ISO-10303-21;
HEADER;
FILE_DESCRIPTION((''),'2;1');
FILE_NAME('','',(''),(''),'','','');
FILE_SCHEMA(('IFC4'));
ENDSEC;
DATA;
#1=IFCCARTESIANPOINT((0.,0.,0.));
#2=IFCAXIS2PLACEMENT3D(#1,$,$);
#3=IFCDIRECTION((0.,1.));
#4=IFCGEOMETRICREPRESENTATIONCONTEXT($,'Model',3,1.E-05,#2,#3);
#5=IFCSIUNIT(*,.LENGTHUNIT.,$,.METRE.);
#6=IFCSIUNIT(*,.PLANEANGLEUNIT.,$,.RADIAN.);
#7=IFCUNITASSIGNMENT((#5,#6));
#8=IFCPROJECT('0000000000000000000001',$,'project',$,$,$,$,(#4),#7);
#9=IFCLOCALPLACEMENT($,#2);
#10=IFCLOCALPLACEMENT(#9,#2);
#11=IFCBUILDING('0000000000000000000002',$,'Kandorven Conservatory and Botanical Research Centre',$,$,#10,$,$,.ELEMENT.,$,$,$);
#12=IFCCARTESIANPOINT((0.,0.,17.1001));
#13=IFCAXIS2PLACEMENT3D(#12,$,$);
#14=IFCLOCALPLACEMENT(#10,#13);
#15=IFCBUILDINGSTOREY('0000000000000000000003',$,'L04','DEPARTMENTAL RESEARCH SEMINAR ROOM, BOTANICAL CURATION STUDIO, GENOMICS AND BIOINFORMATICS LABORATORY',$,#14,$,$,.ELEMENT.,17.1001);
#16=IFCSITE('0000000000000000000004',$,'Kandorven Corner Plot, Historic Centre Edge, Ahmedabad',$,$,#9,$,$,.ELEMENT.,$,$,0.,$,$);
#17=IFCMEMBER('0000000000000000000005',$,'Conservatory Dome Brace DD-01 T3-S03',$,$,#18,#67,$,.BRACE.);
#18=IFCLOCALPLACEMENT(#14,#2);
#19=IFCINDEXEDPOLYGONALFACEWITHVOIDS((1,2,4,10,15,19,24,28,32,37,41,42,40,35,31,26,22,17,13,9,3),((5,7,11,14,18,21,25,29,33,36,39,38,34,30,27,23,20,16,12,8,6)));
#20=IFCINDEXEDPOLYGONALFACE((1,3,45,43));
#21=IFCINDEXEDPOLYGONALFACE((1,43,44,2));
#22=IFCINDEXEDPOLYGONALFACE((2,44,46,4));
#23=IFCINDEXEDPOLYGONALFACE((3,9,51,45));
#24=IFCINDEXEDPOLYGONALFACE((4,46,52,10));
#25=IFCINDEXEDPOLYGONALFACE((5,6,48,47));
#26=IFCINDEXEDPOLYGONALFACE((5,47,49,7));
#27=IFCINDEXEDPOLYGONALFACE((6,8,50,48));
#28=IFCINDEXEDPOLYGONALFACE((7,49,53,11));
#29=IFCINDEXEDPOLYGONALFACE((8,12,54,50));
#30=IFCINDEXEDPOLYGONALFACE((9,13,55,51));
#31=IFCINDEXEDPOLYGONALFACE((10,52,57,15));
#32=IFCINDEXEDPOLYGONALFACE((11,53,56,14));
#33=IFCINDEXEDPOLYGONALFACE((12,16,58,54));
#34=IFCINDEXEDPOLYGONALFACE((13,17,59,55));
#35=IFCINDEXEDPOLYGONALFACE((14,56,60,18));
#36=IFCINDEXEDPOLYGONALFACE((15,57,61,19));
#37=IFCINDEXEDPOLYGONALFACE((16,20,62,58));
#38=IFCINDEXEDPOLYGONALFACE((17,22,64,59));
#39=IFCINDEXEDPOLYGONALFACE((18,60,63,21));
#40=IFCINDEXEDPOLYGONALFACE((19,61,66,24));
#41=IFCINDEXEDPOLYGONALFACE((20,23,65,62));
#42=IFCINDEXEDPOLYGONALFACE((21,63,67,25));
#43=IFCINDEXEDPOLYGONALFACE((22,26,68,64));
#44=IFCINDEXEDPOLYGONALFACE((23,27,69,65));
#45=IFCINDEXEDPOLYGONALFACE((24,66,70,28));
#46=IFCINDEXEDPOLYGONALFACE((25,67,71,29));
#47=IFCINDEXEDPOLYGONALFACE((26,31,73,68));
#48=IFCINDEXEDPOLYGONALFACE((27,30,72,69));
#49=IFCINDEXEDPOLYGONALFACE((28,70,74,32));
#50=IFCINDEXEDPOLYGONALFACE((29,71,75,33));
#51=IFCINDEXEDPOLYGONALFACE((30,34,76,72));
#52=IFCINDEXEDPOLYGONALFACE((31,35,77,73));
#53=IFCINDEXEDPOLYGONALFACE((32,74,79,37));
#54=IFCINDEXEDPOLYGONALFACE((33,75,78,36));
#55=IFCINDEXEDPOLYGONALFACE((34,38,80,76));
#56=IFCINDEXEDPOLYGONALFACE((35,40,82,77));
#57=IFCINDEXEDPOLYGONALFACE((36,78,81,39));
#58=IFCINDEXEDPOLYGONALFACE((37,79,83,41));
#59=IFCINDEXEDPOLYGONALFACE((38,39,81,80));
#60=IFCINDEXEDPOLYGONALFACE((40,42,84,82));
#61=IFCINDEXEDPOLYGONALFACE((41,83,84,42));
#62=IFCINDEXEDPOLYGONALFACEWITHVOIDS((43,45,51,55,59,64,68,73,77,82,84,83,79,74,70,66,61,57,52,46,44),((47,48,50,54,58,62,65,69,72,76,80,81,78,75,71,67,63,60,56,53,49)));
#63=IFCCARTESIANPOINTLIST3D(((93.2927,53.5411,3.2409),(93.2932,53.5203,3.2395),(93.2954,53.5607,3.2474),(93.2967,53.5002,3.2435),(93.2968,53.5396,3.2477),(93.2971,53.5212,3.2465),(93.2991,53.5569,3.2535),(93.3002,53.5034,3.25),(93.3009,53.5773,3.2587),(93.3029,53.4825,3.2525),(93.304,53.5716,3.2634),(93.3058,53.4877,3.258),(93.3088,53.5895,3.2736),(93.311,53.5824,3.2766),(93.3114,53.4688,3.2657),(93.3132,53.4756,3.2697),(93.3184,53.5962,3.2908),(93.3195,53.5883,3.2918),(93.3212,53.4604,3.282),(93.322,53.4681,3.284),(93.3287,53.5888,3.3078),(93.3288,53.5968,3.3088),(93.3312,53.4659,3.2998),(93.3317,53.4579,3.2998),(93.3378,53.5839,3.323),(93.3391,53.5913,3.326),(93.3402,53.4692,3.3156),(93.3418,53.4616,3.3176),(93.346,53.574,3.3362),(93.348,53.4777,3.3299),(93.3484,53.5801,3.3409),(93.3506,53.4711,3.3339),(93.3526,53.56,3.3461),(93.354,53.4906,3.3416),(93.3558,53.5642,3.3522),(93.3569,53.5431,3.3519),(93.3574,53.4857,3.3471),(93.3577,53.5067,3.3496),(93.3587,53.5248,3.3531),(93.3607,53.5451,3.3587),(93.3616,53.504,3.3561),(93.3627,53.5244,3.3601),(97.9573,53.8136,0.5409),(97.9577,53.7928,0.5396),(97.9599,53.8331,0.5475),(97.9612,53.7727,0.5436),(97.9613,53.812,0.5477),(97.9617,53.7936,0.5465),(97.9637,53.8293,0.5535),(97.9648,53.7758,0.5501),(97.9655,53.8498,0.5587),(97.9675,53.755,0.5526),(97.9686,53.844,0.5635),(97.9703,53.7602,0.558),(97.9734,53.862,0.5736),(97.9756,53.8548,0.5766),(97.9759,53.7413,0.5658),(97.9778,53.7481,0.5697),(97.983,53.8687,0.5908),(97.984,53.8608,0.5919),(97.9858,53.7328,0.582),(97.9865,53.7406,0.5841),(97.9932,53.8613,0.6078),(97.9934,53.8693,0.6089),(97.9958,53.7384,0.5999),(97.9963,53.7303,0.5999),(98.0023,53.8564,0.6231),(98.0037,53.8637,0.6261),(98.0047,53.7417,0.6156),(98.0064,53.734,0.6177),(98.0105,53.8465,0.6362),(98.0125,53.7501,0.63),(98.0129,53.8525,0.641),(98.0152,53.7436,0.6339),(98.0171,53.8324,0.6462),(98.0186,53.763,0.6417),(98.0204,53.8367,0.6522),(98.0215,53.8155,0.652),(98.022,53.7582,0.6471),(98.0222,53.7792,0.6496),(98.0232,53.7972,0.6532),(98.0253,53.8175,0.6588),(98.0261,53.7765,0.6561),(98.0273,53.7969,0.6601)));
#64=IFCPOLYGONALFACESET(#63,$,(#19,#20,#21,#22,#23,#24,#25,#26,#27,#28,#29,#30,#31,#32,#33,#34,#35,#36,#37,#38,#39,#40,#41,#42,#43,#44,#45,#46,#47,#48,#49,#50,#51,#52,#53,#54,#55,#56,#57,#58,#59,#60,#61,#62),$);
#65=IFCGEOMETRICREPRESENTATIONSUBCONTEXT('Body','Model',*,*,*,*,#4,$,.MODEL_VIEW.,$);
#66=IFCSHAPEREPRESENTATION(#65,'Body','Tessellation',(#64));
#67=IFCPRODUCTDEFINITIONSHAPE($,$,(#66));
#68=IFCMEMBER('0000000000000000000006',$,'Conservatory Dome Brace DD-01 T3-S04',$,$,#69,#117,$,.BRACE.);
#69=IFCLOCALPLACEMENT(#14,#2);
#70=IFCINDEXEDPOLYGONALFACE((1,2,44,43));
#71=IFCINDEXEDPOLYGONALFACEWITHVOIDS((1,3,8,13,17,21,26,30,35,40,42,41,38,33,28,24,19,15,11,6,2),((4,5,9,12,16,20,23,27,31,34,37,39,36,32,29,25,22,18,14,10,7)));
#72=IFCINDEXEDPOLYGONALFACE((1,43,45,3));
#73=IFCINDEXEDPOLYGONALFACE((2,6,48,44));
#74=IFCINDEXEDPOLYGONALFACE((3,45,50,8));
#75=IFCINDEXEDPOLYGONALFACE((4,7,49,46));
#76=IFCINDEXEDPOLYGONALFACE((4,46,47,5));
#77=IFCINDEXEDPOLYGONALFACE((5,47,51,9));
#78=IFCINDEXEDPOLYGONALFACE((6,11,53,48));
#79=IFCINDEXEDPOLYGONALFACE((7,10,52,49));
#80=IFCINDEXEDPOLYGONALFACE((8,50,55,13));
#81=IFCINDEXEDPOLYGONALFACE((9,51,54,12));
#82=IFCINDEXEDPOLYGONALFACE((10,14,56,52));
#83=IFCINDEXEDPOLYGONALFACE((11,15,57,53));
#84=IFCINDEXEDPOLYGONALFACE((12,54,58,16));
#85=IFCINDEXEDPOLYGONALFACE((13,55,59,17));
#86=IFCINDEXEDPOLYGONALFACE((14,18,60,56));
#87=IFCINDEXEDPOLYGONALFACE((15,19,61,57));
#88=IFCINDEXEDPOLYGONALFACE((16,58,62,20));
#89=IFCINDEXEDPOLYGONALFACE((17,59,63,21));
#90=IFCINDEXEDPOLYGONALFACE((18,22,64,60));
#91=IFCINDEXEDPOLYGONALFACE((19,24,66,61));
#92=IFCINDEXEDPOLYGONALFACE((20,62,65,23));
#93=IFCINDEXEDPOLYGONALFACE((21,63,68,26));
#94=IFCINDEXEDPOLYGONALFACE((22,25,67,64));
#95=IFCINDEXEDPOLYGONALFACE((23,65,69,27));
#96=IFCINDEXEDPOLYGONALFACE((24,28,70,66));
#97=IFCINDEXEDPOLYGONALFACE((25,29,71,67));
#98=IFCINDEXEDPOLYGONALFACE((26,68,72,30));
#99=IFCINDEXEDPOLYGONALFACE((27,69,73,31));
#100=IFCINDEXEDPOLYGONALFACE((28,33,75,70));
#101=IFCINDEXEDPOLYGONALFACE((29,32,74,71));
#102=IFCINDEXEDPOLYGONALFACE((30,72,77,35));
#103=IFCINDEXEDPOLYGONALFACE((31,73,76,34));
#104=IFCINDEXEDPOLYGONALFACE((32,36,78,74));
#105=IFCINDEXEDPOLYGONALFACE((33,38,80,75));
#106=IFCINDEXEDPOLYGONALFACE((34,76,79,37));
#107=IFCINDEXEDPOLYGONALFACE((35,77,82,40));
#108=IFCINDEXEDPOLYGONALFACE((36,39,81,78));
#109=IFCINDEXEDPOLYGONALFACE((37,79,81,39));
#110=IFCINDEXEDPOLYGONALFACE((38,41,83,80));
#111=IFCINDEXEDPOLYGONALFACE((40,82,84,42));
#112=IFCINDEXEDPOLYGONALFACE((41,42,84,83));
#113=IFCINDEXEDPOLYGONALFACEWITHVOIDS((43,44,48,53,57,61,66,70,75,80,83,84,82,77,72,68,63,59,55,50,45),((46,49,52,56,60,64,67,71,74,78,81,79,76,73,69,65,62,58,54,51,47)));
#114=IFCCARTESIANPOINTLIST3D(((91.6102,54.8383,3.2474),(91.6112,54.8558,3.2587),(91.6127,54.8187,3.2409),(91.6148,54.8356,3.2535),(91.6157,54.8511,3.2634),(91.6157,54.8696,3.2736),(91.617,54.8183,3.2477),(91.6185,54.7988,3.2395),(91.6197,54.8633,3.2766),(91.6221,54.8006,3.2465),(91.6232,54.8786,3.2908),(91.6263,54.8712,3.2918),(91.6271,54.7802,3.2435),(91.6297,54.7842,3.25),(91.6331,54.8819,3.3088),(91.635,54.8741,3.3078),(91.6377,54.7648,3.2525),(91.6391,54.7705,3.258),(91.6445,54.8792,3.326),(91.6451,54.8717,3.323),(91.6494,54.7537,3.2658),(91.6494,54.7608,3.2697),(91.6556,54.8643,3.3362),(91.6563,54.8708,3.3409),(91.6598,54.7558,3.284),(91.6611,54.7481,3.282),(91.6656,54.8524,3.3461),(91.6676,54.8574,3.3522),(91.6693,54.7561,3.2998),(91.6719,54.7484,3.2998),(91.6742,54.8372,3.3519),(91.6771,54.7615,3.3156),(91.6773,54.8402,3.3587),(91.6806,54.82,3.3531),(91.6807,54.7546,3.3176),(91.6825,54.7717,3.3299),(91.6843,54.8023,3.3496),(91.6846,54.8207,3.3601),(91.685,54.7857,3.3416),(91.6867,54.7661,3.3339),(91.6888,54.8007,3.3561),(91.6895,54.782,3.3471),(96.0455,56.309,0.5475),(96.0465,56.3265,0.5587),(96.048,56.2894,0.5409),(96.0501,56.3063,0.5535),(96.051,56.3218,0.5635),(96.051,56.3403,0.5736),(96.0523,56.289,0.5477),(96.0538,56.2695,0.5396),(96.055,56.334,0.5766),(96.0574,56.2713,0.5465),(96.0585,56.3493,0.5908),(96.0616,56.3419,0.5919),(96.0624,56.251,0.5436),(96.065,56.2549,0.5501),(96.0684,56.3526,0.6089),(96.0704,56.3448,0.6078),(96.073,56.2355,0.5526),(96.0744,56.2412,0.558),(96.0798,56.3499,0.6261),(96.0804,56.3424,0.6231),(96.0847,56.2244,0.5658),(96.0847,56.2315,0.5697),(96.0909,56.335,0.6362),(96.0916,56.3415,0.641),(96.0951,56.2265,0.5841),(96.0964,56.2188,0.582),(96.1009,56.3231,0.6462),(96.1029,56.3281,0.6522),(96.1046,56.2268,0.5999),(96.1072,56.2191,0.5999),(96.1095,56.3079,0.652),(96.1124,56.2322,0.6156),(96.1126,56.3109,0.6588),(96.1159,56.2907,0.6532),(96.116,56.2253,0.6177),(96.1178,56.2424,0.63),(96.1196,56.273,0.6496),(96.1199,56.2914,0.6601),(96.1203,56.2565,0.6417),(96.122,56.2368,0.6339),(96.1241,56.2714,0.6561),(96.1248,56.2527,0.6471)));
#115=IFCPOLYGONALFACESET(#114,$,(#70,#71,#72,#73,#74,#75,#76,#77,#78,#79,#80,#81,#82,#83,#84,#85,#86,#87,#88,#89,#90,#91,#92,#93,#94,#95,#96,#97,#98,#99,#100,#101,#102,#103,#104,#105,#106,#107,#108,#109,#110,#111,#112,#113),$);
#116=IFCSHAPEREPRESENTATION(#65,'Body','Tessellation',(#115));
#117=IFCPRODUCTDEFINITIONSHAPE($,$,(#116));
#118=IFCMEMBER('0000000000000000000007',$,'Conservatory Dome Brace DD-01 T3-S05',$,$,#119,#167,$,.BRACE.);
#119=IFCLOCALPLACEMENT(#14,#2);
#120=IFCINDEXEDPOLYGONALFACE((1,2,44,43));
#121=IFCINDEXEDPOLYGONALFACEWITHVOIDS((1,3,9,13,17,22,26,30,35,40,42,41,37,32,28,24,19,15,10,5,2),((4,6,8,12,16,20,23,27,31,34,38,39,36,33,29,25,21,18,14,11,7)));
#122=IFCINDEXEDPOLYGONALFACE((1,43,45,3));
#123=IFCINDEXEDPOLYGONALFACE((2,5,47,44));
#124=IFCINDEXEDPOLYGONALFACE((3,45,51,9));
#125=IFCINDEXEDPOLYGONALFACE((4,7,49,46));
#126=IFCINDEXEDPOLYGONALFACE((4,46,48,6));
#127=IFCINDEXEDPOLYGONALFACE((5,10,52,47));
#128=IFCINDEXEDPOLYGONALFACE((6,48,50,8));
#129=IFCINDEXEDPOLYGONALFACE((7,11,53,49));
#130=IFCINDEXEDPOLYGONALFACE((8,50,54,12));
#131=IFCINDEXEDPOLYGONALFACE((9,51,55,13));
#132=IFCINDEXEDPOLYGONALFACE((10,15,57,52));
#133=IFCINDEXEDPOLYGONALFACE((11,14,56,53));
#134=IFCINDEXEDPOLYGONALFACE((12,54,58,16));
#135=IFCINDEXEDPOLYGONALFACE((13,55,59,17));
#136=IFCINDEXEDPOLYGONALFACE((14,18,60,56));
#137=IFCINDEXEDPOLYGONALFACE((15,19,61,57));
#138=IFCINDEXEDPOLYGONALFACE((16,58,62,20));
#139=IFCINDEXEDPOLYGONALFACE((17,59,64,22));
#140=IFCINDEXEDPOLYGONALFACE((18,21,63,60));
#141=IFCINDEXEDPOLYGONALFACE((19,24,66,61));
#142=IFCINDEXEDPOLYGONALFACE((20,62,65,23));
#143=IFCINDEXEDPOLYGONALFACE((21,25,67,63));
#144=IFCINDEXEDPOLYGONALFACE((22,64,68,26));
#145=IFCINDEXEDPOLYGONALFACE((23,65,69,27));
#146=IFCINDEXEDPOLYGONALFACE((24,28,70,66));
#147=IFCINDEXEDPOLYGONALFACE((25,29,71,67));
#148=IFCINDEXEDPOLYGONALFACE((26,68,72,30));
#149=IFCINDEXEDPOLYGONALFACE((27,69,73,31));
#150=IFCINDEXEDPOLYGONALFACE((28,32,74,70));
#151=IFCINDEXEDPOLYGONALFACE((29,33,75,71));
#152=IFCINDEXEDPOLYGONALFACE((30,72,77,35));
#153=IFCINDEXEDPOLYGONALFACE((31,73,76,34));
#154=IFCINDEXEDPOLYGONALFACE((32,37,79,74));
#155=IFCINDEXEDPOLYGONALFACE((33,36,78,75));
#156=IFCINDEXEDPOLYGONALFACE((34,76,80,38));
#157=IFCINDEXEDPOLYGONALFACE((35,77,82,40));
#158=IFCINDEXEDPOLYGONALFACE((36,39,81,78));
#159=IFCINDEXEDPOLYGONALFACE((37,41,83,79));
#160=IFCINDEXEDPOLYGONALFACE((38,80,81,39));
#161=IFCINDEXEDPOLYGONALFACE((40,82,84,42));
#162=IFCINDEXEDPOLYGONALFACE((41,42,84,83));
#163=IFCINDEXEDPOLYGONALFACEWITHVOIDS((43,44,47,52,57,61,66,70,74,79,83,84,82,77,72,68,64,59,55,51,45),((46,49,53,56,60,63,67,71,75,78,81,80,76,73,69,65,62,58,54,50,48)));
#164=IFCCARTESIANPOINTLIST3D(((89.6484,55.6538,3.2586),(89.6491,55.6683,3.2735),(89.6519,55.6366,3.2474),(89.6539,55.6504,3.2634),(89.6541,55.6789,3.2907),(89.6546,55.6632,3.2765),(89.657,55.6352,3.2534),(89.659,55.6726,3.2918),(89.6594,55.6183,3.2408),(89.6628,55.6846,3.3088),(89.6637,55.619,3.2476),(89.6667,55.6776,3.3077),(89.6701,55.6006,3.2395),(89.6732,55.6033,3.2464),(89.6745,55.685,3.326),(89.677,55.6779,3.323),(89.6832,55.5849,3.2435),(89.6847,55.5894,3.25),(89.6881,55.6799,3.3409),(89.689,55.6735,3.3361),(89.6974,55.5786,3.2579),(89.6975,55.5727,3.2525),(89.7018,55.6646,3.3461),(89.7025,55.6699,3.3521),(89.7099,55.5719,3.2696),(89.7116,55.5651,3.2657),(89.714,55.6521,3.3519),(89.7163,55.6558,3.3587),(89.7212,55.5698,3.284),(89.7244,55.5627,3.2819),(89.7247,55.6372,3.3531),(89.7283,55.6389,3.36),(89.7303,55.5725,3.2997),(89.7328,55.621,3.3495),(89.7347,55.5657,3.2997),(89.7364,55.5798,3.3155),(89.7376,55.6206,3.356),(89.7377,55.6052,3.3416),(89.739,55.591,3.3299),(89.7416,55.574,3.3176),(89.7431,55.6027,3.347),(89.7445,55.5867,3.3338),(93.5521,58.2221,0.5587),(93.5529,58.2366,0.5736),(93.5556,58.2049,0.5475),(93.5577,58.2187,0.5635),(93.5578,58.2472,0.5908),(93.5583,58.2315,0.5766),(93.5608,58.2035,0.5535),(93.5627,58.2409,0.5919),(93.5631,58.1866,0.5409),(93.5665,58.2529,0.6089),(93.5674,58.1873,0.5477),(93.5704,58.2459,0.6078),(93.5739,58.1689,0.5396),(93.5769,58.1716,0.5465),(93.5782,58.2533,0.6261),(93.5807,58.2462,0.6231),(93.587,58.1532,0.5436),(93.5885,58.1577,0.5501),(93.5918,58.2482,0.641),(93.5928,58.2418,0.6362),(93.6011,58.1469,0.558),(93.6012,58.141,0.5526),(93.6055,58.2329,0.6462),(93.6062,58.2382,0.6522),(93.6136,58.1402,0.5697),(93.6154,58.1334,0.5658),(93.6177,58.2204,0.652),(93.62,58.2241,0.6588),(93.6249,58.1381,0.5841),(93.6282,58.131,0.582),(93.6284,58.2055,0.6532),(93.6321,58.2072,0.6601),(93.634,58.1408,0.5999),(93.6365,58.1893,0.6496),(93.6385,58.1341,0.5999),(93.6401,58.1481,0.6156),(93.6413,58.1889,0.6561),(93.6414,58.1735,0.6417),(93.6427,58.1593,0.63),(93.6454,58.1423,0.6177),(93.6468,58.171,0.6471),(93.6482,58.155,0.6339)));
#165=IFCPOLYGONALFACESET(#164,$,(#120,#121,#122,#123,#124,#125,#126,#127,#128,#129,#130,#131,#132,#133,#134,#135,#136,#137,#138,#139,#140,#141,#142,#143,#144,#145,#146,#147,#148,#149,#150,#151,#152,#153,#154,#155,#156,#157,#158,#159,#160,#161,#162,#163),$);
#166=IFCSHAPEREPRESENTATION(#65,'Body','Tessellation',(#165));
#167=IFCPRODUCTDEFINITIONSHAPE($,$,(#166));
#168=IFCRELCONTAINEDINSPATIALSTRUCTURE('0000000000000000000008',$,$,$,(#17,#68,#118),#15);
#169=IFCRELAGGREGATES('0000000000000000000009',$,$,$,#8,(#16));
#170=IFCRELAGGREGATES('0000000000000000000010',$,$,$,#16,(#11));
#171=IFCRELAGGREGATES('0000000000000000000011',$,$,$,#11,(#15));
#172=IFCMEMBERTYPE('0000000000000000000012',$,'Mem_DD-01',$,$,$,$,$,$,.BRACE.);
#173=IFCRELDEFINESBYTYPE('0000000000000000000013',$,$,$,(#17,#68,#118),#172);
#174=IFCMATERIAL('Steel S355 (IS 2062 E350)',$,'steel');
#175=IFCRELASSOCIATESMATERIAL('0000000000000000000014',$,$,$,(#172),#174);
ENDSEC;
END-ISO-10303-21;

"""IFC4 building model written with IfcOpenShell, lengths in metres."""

from ifc_helpers import new_model, si_unit, direction, frame, origin, origin_2d, place, context, subcontext, project, spatial, hollow_circle, extrude, material, material_profile, profile_set, type_object, element, save


model = new_model("IFC4")

# Units and contexts
model_context = context("Model", 3, precision=1e-05, world=origin(), true_north=direction((0.0, 1.0)))
body_context = subcontext(model_context, "Body", "Model", "MODEL_VIEW")
ifc_project = project(units=[si_unit("LENGTHUNIT", "METRE"), si_unit("PLANEANGLEUNIT", "RADIAN")], contexts=[model_context])

# Site, building, storey
site_placement = place(None, origin())
site = spatial("IfcSite", under=ifc_project, at=site_placement, Name="Kandorven Corner Plot, Historic Centre Edge, Ahmedabad", CompositionType="ELEMENT", RefElevation=0.0)
building_placement = place(site_placement, origin())
building = spatial("IfcBuilding", under=site, at=building_placement, Name="Kandorven Conservatory and Botanical Research Centre", CompositionType="ELEMENT")
storey_placement = place(building_placement, frame((0.0, 0.0, 17.1001)))
storey = spatial("IfcBuildingStorey", under=building, at=storey_placement, Name="L04", Description="DEPARTMENTAL RESEARCH SEMINAR ROOM, BOTANICAL CURATION STUDIO, GENOMICS AND BIOINFORMATICS LABORATORY", CompositionType="ELEMENT", Elevation=17.1001)

# Members
ifc_material_1 = material(Name="Steel S355 (IS 2062 E350)", Category="steel")
ifc_material_profile_1 = material_profile(ifc_material_1, hollow_circle(Radius=0.0698, WallThickness=0.0081, at=origin_2d()))
ifc_profile_set_1 = profile_set([ifc_material_profile_1], Name="Steel S355 (IS 2062 E350)")
member_type_1 = type_object("IfcMemberType", Name="Mem_DD-01", PredefinedType="BRACE", material=ifc_profile_set_1)
member_placement = place(storey_placement, frame((97.9922, 53.8, 0.5999), z_axis=(-0.864369, -0.050489, 0.500317), x_axis=(0.058312, -0.998298, 0.0)))
element("IfcMember", 1, at=member_placement, inside=storey, type_object=member_type_1, Name="Conservatory Dome Brace DD-01 T3-S03", PredefinedType="BRACE", context=body_context, shape_type="SweptSolid", body=[
    extrude(hollow_circle(Radius=0.0698, WallThickness=0.0081, at=origin_2d()), origin(), (0.0, 0.0, 1.0), 5.3965),
])
for number, where, z_axis, x_axis, name in (
    (2, (96.0852, 56.2854, 0.5999), (-0.821851, -0.272518, 0.500295), (0.314738, -0.949178, 0.0), "Conservatory Dome Brace DD-01 T3-S04"),
    (3, (93.6001, 58.1924, 0.5999), (-0.72335, -0.4759, 0.500283), (0.549626, -0.835411, 0.0), "Conservatory Dome Brace DD-01 T3-S05"),
):
    element("IfcMember", number, at=place(storey_placement, frame(where, z_axis=z_axis, x_axis=x_axis)), inside=storey, type_object=member_type_1, Name=name, PredefinedType="BRACE", context=body_context, shape_type="SweptSolid", body=[
        extrude(hollow_circle(Radius=0.0698, WallThickness=0.0081, at=origin_2d()), origin(), (0.0, 0.0, 1.0), 5.3967),
    ])

save(model, "model.ifc")
